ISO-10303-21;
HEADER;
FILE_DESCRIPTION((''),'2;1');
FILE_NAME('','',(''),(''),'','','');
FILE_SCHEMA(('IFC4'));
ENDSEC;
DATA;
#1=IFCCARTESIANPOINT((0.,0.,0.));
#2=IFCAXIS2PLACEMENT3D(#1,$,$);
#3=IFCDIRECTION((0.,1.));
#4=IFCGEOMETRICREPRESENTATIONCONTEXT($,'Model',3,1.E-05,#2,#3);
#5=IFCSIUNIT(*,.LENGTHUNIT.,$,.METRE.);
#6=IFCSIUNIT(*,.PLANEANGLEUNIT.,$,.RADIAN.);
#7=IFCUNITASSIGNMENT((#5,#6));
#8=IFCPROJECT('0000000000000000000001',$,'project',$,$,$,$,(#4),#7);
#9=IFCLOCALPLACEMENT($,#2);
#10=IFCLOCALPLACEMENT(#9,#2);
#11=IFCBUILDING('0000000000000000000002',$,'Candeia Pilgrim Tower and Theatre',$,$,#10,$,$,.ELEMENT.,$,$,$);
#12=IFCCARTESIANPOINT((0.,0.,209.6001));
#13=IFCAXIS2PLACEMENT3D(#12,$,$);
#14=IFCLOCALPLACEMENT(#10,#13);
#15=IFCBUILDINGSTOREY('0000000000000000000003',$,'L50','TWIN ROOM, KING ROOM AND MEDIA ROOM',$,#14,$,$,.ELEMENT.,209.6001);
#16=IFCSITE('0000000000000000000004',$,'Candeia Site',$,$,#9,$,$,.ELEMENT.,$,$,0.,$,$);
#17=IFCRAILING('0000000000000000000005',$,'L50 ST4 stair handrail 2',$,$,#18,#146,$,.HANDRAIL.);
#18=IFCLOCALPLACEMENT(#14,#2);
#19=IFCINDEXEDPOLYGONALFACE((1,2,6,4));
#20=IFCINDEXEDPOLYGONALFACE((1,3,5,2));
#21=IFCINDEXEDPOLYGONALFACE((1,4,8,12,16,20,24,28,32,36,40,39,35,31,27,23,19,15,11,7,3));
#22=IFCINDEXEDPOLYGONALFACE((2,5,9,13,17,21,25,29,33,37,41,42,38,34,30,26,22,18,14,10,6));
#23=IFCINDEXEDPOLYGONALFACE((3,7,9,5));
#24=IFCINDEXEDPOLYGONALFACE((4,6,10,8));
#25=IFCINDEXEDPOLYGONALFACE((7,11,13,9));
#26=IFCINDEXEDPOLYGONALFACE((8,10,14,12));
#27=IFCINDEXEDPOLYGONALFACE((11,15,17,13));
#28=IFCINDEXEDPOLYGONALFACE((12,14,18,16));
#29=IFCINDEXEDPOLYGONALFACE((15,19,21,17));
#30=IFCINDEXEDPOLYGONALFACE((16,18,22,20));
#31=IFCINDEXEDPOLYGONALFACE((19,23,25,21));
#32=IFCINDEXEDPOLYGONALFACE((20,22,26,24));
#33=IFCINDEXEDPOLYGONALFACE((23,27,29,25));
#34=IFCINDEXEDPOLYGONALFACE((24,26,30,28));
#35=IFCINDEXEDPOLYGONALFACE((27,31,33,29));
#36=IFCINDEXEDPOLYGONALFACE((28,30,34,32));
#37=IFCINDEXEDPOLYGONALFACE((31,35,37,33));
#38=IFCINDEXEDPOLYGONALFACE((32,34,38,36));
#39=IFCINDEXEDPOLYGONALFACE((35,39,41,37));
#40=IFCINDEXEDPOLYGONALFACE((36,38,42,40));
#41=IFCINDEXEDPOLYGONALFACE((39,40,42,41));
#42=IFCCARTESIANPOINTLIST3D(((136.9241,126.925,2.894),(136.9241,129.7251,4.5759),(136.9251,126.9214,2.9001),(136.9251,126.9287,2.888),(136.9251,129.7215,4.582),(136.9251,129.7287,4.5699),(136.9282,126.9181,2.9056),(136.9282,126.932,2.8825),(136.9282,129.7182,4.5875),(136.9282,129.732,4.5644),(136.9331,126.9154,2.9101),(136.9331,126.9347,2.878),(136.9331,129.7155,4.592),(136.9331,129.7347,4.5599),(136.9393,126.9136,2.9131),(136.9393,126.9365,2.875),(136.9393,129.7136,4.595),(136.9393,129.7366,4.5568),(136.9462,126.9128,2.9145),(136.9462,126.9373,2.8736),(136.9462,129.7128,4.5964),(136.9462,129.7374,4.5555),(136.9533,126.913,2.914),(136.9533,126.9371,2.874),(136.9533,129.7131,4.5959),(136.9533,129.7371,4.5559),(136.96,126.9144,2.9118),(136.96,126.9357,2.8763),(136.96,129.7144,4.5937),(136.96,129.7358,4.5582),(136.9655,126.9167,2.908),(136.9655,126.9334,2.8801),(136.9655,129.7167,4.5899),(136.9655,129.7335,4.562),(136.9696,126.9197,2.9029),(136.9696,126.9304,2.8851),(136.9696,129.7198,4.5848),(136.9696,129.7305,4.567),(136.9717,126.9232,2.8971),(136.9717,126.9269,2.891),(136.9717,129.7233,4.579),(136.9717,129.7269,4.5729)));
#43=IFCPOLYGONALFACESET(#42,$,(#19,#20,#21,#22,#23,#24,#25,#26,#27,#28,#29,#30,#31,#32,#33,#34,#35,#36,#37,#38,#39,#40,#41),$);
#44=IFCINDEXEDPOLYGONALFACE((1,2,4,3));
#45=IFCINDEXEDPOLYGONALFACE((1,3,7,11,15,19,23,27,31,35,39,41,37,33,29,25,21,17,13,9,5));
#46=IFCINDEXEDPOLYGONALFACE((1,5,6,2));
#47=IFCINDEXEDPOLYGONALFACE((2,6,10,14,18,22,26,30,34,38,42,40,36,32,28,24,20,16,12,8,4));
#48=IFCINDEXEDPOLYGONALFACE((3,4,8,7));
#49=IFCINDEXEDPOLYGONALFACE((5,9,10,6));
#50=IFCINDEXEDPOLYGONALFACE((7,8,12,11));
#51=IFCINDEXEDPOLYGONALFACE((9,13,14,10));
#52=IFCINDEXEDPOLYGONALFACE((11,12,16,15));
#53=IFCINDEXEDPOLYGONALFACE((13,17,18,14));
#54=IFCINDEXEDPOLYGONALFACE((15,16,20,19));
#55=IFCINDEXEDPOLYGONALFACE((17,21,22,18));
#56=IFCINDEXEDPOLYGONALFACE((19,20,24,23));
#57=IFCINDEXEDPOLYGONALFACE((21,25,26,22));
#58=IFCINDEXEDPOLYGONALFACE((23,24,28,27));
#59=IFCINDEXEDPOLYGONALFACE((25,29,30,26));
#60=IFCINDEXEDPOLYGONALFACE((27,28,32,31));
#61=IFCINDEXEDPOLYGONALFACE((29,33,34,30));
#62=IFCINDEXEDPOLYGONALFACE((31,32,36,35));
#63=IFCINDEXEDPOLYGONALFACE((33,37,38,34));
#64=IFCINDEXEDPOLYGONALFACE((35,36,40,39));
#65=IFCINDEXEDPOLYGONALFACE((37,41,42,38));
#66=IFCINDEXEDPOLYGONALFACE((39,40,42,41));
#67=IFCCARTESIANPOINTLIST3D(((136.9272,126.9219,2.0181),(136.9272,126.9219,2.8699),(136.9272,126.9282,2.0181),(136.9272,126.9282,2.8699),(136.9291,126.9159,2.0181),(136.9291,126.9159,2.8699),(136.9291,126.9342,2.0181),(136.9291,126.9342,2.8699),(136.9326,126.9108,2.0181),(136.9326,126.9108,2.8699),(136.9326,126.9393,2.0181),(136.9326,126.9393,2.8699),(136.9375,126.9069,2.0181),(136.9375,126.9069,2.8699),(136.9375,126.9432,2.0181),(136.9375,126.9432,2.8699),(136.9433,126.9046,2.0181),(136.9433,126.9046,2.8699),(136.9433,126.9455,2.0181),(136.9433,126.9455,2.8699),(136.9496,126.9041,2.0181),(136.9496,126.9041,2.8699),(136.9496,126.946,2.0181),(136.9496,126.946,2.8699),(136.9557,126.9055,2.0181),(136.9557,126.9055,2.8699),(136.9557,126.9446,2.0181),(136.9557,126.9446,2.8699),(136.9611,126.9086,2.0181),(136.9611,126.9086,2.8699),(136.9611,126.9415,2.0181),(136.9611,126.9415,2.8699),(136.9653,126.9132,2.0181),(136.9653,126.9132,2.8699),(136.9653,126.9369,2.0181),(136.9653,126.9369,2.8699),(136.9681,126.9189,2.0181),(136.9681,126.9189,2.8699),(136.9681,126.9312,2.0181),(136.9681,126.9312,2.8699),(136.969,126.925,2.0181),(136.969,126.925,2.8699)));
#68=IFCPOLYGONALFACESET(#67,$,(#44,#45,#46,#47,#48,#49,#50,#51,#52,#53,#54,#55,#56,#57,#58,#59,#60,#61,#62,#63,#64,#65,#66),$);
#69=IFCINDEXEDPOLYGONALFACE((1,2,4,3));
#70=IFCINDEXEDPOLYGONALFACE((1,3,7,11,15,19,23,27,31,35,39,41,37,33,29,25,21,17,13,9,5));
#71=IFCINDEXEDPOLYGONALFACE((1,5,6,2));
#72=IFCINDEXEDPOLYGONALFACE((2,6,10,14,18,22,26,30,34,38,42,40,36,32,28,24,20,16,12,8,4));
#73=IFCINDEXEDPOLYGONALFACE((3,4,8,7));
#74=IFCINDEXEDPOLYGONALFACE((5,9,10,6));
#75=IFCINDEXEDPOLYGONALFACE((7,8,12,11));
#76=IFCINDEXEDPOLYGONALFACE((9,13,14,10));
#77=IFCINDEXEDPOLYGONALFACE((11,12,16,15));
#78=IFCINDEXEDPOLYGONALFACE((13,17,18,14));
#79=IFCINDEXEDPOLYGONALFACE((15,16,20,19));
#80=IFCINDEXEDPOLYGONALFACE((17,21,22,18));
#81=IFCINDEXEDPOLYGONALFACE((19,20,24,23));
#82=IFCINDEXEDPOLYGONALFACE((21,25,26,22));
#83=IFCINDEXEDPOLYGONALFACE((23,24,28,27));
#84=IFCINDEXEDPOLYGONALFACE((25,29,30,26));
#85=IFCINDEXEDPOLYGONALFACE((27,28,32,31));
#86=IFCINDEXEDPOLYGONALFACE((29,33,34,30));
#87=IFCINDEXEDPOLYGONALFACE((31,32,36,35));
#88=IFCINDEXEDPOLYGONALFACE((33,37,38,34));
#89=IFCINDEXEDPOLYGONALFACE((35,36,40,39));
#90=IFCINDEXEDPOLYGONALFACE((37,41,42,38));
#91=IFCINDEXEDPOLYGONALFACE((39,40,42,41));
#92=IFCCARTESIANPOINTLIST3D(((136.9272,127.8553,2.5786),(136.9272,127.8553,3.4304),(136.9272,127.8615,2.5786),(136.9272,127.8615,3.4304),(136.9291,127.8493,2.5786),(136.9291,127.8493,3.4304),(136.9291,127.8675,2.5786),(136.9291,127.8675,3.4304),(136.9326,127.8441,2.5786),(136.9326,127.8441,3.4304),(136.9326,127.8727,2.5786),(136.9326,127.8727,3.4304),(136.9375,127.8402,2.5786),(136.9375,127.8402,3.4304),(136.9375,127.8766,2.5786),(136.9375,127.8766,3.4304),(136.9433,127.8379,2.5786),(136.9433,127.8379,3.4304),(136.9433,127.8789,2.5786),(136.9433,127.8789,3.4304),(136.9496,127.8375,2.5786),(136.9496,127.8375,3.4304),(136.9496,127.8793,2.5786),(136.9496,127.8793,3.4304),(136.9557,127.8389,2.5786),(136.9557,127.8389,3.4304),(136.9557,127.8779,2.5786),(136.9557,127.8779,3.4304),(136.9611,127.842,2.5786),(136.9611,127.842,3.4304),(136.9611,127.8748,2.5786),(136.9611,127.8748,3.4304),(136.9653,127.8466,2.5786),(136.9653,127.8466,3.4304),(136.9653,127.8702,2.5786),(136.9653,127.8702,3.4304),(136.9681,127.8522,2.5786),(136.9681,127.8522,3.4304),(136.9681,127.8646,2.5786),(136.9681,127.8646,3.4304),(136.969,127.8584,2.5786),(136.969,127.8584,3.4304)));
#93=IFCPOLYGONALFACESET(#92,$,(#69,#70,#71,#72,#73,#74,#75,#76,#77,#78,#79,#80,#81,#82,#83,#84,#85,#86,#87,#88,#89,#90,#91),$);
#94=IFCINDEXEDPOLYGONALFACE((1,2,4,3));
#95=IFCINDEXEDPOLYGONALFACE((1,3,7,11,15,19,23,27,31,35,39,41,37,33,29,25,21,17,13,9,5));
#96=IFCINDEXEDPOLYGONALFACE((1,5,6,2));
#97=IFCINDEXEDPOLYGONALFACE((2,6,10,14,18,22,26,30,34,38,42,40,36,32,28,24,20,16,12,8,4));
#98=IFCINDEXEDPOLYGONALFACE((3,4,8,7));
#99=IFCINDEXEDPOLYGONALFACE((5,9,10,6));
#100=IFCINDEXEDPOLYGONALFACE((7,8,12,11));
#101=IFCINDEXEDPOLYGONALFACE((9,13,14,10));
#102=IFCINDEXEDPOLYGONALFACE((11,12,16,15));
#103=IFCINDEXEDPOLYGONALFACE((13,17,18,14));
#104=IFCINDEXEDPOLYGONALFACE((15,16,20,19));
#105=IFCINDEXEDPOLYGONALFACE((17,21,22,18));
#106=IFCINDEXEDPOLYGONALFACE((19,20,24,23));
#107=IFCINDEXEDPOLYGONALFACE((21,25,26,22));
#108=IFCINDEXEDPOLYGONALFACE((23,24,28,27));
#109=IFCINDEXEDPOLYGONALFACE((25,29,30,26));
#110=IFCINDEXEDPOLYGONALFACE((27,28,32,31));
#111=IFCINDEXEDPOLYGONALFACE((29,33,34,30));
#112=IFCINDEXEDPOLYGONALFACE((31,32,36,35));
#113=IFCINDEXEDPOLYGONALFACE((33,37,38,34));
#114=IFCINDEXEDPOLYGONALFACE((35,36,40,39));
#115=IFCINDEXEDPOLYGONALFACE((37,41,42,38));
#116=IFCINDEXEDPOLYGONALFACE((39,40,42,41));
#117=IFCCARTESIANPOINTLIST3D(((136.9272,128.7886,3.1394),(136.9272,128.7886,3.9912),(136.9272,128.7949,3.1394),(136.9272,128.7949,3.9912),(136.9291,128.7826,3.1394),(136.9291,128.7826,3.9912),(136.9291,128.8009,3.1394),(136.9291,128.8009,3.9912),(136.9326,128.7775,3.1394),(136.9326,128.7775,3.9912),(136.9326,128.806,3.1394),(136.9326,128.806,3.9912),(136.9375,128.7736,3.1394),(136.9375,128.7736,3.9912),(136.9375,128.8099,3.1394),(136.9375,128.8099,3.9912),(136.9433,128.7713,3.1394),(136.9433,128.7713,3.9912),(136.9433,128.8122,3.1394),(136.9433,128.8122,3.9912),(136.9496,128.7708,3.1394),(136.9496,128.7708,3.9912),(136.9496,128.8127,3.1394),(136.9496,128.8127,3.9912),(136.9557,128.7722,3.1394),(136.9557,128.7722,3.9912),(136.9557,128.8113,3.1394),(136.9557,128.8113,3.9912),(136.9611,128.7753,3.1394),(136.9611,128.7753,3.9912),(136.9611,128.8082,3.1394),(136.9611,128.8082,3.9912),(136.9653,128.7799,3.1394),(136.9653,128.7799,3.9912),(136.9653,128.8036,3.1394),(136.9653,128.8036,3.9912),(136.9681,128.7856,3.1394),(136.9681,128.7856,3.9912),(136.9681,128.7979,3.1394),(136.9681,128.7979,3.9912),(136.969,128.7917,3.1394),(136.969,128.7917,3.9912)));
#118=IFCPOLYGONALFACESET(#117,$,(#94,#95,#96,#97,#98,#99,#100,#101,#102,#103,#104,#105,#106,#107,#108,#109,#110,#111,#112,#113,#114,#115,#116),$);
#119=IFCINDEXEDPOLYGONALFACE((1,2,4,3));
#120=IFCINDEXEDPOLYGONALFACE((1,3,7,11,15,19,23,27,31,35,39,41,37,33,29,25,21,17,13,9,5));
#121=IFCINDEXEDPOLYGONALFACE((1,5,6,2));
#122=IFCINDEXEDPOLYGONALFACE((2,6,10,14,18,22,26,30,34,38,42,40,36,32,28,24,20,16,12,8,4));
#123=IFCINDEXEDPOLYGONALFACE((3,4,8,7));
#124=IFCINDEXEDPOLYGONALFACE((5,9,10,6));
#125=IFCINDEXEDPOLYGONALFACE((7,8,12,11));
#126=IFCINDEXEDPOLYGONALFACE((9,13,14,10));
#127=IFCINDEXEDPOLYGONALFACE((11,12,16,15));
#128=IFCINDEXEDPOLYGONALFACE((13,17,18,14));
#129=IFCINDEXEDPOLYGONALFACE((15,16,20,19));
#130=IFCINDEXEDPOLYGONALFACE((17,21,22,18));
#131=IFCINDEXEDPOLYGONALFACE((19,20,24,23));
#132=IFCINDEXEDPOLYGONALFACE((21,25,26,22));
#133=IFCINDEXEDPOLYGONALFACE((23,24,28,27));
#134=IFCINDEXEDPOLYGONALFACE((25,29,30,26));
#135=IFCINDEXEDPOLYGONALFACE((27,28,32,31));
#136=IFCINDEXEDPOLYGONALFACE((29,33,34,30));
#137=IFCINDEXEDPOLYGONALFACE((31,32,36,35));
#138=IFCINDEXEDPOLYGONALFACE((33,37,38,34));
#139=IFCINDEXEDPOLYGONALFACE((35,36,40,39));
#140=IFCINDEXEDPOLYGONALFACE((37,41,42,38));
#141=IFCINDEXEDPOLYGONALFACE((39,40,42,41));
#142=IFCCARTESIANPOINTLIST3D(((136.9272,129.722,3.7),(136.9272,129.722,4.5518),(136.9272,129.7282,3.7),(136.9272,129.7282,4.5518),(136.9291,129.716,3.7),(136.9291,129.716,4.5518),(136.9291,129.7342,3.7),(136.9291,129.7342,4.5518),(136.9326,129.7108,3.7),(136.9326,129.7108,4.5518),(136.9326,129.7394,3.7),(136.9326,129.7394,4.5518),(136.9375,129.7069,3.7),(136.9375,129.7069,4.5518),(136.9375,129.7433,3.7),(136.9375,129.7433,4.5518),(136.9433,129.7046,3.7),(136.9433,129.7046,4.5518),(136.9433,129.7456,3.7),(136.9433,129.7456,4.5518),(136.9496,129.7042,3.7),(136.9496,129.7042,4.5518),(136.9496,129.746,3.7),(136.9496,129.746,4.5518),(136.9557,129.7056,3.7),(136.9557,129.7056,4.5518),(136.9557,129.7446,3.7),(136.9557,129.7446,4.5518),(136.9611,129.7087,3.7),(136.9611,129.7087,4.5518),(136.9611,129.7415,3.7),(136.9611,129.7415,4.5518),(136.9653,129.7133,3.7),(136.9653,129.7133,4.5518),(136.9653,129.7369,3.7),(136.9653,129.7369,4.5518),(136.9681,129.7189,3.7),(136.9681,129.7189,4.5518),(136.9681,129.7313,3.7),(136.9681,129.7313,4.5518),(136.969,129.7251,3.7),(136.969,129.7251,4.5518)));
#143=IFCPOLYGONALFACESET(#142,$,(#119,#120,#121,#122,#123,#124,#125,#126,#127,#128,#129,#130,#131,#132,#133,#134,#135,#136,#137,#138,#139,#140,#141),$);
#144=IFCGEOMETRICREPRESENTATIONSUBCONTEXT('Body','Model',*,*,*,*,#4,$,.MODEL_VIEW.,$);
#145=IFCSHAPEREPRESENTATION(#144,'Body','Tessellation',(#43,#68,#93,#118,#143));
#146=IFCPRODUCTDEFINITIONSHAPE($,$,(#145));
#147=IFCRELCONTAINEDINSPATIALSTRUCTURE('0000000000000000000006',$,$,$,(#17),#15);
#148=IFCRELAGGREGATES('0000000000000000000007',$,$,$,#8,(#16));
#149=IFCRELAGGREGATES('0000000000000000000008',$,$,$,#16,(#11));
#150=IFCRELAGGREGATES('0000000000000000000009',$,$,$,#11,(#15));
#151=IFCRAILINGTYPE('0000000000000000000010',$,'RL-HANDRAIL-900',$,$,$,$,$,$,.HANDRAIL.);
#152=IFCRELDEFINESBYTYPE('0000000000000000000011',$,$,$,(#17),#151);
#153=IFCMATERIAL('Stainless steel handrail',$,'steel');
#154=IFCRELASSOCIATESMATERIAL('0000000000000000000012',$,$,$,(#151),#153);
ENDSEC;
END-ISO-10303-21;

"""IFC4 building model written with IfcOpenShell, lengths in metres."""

from ifc_helpers import new_model, si_unit, direction, frame, origin, origin_2d, place, context, subcontext, project, spatial, circle, extrude, material, type_object, element, save


model = new_model("IFC4")

# Units and contexts
model_context = context("Model", 3, precision=1e-05, world=origin(), true_north=direction((0.0, 1.0)))
body_context = subcontext(model_context, "Body", "Model", "MODEL_VIEW")
ifc_project = project(units=[si_unit("LENGTHUNIT", "METRE"), si_unit("PLANEANGLEUNIT", "RADIAN")], contexts=[model_context])

# Site, building, storey
site_placement = place(None, origin())
site = spatial("IfcSite", under=ifc_project, at=site_placement, Name="Candeia Site", CompositionType="ELEMENT", RefElevation=0.0)
building_placement = place(site_placement, origin())
building = spatial("IfcBuilding", under=site, at=building_placement, Name="Candeia Pilgrim Tower and Theatre", CompositionType="ELEMENT")
storey_placement = place(building_placement, frame((0.0, 0.0, 209.6001)))
storey = spatial("IfcBuildingStorey", under=building, at=storey_placement, Name="L50", Description="TWIN ROOM, KING ROOM AND MEDIA ROOM", CompositionType="ELEMENT", Elevation=209.6001)

# Railing
ifc_material_1 = material(Name="Stainless steel handrail", Category="steel")
railing_type_1 = type_object("IfcRailingType", Name="RL-HANDRAIL-900", PredefinedType="HANDRAIL", material=ifc_material_1)
railing_1_placement = place(storey_placement, frame((136.948, 126.925, 2.0181)))
element("IfcRailing", 1, at=railing_1_placement, inside=storey, type_object=railing_type_1, Name="L50 ST4 stair handrail 2", PredefinedType="HANDRAIL", context=body_context, shape_type="SweptSolid", body=[
    extrude(circle(Radius=0.0239, at=origin_2d()), frame((0.0, 0.0, 0.876), z_axis=(0.0, 0.857242, 0.514913), x_axis=(-1.0, 0.0, 0.0)), (0.0, 0.0, 1.0), 3.2664),
    extrude(circle(Radius=0.021, at=origin_2d()), origin(), (0.0, 0.0, 1.0), 0.8518),
    extrude(circle(Radius=0.021, at=origin_2d()), frame((0.0, 0.9333, 0.5605)), (0.0, 0.0, 1.0), 0.8518),
    extrude(circle(Radius=0.021, at=origin_2d()), frame((0.0, 1.8667, 1.1213)), (0.0, 0.0, 1.0), 0.8518),
    extrude(circle(Radius=0.021, at=origin_2d()), frame((0.0, 2.8, 1.6819)), (0.0, 0.0, 1.0), 0.8518),
])

save(model, "model.ifc")
